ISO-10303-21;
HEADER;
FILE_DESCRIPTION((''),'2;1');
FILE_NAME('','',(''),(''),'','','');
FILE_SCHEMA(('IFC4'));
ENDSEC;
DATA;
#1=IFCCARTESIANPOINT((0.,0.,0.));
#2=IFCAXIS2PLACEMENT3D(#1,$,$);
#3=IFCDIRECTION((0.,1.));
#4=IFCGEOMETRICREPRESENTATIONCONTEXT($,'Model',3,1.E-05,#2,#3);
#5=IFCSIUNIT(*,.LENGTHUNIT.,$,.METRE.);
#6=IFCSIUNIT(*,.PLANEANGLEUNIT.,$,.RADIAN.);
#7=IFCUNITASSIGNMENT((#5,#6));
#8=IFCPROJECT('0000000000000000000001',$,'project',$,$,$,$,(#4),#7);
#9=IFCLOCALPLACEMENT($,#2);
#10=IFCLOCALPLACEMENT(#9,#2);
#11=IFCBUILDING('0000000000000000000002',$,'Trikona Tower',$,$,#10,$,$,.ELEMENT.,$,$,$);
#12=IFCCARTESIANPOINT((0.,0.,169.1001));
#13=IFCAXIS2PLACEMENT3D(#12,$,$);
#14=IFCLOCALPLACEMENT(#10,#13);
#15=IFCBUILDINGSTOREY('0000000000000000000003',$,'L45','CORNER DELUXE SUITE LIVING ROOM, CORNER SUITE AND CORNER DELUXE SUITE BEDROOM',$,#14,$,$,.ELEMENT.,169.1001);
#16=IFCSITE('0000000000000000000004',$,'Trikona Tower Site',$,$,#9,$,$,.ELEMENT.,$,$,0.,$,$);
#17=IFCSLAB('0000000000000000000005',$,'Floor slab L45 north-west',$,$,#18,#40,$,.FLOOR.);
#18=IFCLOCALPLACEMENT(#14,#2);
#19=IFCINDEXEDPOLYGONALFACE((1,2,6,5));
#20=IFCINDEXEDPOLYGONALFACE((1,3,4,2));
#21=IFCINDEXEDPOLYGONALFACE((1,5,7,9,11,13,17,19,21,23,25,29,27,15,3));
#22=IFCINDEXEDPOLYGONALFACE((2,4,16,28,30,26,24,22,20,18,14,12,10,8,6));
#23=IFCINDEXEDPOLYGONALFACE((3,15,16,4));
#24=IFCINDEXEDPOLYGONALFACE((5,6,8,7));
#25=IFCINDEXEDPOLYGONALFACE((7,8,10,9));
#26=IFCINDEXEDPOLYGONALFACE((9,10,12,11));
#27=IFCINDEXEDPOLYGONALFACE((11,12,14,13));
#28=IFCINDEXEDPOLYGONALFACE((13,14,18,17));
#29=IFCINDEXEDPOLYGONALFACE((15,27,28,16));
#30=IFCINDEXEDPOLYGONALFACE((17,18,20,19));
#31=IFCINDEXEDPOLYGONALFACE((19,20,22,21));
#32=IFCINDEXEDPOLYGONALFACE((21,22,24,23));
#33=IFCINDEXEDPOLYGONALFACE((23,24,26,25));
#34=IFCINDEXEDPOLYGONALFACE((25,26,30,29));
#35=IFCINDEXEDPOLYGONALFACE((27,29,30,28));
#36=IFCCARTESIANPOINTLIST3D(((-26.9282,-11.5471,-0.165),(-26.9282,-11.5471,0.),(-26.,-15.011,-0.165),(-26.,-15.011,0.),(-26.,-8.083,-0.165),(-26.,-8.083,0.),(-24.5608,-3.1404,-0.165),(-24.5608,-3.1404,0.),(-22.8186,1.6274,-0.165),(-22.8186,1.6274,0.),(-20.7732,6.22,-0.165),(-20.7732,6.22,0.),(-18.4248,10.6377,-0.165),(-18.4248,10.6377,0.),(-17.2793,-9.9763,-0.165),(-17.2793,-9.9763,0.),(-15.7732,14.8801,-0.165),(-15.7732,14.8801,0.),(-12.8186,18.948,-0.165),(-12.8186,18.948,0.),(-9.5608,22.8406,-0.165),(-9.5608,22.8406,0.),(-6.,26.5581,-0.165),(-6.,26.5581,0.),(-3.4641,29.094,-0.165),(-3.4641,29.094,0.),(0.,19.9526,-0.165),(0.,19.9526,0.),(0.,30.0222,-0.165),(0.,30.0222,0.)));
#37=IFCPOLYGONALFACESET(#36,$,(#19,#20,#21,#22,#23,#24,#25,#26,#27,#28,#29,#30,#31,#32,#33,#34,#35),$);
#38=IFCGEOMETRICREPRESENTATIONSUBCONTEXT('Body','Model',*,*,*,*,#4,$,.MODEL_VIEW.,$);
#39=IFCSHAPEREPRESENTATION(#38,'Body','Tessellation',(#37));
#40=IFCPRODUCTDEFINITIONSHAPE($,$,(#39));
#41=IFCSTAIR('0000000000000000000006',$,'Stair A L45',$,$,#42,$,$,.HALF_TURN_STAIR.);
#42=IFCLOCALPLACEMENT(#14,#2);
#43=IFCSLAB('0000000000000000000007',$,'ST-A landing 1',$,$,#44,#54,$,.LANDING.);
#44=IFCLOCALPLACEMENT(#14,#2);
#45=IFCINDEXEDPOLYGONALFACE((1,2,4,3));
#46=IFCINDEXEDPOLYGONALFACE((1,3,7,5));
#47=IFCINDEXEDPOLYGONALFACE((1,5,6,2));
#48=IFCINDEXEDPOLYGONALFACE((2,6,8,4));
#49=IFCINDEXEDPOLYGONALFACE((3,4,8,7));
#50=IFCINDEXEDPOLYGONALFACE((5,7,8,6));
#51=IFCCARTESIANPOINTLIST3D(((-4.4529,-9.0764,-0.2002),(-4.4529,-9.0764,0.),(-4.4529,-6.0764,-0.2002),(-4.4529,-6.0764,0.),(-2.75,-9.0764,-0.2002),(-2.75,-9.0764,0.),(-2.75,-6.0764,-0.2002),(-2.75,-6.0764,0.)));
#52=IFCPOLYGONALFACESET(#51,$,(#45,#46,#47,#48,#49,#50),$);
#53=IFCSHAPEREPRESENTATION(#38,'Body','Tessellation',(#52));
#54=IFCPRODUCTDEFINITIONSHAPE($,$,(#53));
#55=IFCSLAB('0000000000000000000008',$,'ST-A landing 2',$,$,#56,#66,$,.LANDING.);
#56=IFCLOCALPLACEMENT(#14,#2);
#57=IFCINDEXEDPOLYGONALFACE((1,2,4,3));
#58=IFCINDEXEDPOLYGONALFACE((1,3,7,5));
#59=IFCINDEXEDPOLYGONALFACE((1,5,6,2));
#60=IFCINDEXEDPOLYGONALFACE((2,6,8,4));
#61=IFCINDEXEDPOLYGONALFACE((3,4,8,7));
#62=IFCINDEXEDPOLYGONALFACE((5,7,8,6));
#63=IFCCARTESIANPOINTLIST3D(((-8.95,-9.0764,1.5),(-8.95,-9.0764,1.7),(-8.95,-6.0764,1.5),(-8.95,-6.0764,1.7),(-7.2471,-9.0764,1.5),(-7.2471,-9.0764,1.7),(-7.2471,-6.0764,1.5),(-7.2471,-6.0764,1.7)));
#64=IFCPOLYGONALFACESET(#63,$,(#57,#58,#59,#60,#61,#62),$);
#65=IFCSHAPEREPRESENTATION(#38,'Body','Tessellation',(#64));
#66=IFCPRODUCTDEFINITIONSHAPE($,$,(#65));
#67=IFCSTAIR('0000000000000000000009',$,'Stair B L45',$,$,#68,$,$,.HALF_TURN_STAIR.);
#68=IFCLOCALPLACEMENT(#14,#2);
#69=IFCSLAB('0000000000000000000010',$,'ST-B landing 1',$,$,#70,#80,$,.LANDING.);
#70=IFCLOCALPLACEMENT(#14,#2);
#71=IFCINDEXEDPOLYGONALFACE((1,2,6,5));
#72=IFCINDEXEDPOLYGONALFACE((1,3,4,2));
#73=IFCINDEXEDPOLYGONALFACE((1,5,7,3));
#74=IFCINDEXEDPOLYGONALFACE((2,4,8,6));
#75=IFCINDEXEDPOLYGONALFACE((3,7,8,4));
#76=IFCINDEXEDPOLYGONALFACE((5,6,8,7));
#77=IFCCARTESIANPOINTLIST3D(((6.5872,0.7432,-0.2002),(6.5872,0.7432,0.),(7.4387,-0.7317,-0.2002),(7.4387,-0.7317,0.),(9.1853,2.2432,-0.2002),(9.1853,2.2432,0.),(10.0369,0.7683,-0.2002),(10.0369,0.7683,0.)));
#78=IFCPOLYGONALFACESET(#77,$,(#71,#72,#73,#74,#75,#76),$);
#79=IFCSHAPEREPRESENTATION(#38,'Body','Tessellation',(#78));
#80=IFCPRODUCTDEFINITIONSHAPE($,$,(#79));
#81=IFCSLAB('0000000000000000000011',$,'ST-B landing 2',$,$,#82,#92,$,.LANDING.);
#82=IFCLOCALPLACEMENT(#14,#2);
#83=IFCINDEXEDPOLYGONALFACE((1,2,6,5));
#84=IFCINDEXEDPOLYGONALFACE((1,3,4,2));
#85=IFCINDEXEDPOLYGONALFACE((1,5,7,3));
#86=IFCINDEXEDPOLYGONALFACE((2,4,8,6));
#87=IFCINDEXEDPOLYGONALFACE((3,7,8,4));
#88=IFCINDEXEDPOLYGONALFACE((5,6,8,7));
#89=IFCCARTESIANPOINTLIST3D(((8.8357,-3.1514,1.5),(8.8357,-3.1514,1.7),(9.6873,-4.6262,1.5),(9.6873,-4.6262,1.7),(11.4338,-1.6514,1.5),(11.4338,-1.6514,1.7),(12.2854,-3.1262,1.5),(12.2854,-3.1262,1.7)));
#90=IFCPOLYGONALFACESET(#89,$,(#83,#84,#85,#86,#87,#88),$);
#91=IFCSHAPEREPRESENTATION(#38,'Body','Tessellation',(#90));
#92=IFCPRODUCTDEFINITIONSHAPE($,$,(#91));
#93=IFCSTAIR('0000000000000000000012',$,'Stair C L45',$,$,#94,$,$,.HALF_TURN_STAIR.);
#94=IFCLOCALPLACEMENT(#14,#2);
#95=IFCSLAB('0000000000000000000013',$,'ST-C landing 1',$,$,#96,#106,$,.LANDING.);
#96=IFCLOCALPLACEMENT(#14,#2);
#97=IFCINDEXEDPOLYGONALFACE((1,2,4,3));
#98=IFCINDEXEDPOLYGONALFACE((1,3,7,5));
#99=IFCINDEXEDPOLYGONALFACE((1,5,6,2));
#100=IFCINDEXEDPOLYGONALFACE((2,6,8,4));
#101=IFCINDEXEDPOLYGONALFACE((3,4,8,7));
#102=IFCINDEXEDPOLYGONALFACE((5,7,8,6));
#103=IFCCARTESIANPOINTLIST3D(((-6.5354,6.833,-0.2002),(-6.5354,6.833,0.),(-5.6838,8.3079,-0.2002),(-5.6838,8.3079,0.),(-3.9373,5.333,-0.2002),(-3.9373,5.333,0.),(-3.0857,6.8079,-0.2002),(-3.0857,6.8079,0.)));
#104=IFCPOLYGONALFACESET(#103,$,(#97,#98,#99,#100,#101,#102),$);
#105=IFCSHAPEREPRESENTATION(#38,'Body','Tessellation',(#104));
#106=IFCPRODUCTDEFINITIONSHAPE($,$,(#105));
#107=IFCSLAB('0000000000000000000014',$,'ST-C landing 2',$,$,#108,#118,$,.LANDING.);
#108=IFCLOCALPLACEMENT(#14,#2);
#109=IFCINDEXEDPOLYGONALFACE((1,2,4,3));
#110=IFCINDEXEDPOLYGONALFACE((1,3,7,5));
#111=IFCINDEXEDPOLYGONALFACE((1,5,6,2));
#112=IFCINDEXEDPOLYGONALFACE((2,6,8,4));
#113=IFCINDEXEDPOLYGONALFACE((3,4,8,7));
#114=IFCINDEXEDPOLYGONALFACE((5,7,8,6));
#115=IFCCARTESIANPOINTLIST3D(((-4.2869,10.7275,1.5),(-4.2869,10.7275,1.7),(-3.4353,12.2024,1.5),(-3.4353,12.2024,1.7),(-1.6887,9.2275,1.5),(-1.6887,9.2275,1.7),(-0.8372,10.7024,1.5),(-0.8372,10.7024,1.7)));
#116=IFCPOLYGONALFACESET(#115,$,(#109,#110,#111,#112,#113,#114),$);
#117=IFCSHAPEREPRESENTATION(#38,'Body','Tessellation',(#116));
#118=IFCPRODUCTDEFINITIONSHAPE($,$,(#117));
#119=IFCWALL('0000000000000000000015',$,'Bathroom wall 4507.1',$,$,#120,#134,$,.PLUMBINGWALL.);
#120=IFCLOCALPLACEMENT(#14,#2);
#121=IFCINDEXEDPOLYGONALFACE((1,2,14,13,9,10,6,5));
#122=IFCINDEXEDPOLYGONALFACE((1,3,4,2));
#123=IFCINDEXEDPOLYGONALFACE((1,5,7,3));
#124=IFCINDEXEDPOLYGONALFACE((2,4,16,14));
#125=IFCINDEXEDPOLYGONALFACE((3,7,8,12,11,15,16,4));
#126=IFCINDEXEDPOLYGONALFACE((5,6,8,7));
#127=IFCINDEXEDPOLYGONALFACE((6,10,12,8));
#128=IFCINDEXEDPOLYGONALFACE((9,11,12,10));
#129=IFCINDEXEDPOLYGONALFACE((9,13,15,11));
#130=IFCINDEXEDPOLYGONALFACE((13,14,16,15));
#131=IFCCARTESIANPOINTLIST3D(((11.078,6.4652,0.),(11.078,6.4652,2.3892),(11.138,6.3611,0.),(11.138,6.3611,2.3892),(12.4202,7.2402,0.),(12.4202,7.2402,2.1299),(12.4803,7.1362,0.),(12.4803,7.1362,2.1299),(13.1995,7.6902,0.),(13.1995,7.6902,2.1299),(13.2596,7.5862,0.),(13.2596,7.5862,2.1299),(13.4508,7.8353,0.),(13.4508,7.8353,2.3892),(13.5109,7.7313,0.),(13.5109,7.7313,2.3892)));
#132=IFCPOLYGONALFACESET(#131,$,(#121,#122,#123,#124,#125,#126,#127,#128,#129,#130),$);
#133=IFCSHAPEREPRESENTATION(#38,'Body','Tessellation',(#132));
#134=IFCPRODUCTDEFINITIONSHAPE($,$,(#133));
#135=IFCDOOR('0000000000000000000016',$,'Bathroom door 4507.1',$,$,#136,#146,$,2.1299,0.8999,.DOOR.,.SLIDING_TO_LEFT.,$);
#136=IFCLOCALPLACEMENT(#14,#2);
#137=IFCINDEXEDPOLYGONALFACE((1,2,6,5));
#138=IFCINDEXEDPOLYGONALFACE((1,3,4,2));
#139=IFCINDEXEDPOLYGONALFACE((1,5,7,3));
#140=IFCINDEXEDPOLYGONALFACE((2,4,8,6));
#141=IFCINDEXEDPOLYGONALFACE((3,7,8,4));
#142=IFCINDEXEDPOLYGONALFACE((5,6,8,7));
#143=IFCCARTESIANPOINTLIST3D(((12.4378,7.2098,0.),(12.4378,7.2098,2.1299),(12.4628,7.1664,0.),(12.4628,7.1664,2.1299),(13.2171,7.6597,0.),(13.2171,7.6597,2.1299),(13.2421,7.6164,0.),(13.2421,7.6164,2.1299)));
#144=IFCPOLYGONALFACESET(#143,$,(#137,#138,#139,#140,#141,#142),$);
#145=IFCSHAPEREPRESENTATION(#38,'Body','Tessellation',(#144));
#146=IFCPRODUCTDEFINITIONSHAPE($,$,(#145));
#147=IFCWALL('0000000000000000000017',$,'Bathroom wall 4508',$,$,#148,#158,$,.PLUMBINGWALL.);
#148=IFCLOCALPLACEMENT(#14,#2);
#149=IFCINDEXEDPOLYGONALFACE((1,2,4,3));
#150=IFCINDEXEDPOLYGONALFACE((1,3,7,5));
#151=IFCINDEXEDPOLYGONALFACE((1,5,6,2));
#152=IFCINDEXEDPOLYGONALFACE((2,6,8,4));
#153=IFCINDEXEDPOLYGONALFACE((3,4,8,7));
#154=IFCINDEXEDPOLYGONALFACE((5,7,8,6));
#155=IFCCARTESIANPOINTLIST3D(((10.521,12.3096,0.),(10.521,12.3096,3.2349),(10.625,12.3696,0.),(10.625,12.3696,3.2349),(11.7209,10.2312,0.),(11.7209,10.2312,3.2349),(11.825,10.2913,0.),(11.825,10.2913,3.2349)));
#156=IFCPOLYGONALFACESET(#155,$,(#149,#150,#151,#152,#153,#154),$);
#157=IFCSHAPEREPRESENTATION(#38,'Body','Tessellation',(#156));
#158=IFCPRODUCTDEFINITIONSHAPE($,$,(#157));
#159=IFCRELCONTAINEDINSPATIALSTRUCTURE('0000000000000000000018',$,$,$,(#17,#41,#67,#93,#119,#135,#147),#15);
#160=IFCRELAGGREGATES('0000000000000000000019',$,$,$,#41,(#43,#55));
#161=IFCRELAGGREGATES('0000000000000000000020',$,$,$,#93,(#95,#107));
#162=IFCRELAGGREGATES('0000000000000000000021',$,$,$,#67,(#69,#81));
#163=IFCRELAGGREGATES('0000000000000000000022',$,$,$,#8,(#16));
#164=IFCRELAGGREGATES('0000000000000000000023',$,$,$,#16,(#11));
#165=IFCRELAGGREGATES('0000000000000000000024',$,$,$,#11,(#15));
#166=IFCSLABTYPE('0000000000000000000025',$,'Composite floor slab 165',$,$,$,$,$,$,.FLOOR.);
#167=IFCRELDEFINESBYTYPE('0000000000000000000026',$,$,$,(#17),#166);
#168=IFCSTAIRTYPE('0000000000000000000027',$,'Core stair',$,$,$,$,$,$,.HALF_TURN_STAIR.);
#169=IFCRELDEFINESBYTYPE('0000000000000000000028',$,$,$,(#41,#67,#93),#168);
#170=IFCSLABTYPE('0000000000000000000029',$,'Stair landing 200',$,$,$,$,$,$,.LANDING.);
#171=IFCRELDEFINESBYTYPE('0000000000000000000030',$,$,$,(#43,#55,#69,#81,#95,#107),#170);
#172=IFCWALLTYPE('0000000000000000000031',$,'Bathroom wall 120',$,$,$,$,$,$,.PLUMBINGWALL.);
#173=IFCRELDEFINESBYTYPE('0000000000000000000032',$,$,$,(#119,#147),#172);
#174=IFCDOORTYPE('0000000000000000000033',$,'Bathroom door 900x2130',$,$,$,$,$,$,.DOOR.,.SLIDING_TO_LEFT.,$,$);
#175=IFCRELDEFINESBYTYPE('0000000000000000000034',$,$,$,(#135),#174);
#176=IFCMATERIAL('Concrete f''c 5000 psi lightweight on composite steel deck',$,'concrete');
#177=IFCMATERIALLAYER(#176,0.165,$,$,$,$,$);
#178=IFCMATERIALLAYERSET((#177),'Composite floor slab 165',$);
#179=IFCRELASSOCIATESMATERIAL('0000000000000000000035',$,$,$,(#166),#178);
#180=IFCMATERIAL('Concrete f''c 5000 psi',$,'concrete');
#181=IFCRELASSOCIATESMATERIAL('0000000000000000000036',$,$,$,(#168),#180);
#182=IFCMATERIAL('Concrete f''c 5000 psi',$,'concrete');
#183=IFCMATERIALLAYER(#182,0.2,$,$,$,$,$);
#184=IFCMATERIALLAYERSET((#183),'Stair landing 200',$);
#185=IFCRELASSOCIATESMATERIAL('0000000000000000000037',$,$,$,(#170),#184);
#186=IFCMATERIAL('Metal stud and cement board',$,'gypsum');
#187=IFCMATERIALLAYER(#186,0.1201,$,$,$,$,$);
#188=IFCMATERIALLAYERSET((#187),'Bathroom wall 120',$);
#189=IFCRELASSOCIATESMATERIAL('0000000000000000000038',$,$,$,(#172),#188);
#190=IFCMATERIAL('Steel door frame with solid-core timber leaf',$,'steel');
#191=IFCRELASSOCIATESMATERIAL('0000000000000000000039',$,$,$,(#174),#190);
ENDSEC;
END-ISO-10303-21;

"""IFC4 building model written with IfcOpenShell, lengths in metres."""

from ifc_helpers import new_model, si_unit, direction, frame, frame_2d, origin, place, context, subcontext, project, spatial, polyline, rectangle, outline, extrude, material, layer, layer_set, type_object, element, fill, aggregate, save


model = new_model("IFC4")

# Units and contexts
model_context = context("Model", 3, precision=1e-05, world=origin(), true_north=direction((0.0, 1.0)))
body_context = subcontext(model_context, "Body", "Model", "MODEL_VIEW")
ifc_project = project(units=[si_unit("LENGTHUNIT", "METRE"), si_unit("PLANEANGLEUNIT", "RADIAN")], contexts=[model_context])

# Site, building, storey
site_placement = place(None, origin())
site = spatial("IfcSite", under=ifc_project, at=site_placement, Name="Trikona Tower Site", CompositionType="ELEMENT", RefElevation=0.0)
building_placement = place(site_placement, origin())
building = spatial("IfcBuilding", under=site, at=building_placement, Name="Trikona Tower", CompositionType="ELEMENT")
storey_placement = place(building_placement, frame((0.0, 0.0, 169.1001)))
storey = spatial("IfcBuildingStorey", under=building, at=storey_placement, Name="L45", Description="CORNER DELUXE SUITE LIVING ROOM, CORNER SUITE AND CORNER DELUXE SUITE BEDROOM", CompositionType="ELEMENT", Elevation=169.1001)

# Slab
ifc_material_1 = material(Name="Concrete f'c 5000 psi lightweight on composite steel deck", Category="concrete")
ifc_layer_1 = layer(ifc_material_1, 0.165)
ifc_layer_set_1 = layer_set([ifc_layer_1], Name="Composite floor slab 165")
slab_type_1 = type_object("IfcSlabType", Name="Composite floor slab 165", PredefinedType="FLOOR", material=ifc_layer_set_1)
slab_1_placement = place(storey_placement, frame((0.0, 0.0, -0.165)))
element("IfcSlab", 1, at=slab_1_placement, inside=storey, type_object=slab_type_1, Name="Floor slab L45 north-west", PredefinedType="FLOOR", context=body_context, shape_type="SweptSolid", body=[
    extrude(outline(polyline([(0.0, 19.9526), (0.0, 30.0222), (-3.4641, 29.094), (-6.0, 26.5581), (-9.5608, 22.8406), (-12.8186, 18.948), (-15.7732, 14.8801), (-18.4248, 10.6377), (-20.7732, 6.22), (-22.8186, 1.6274), (-24.5608, -3.1404), (-26.0, -8.083), (-26.9282, -11.5471), (-26.0, -15.011), (-17.2793, -9.9763), (0.0, 19.9526)])), origin(), (0.0, 0.0, 1.0), 0.165),
])

# Stairs, slabs
ifc_material_2 = material(Name="Concrete f'c 5000 psi", Category="concrete")
stair_type = type_object("IfcStairType", Name="Core stair", PredefinedType="HALF_TURN_STAIR", material=ifc_material_2)
stair_1_placement = place(storey_placement, origin())
stair_1 = element("IfcStair", 2, at=stair_1_placement, inside=storey, type_object=stair_type, Name="Stair A L45", PredefinedType="HALF_TURN_STAIR")
ifc_material_3 = material(Name="Concrete f'c 5000 psi", Category="concrete")
ifc_layer_2 = layer(ifc_material_3, 0.2)
ifc_layer_set_2 = layer_set([ifc_layer_2], Name="Stair landing 200")
slab_type_2 = type_object("IfcSlabType", Name="Stair landing 200", PredefinedType="LANDING", material=ifc_layer_set_2)
slab_2_placement = place(storey_placement, frame((0.0, 0.0, -0.2002)))
slab_2 = element("IfcSlab", 3, at=slab_2_placement, type_object=slab_type_2, Name="ST-A landing 1", PredefinedType="LANDING", context=body_context, shape_type="SweptSolid", body=[
    extrude(outline(polyline([(-4.4529, -6.0764), (-2.75, -6.0764), (-2.75, -9.0764), (-4.4529, -9.0764), (-4.4529, -6.0764)])), origin(), (0.0, 0.0, 1.0), 0.2002),
])
slab_3_placement = place(storey_placement, frame((0.0, 0.0, 1.5)))
slab_3 = element("IfcSlab", 4, at=slab_3_placement, type_object=slab_type_2, Name="ST-A landing 2", PredefinedType="LANDING", context=body_context, shape_type="SweptSolid", body=[
    extrude(outline(polyline([(-8.95, -6.0764), (-7.2471, -6.0764), (-7.2471, -9.0764), (-8.95, -9.0764), (-8.95, -6.0764)])), origin(), (0.0, 0.0, 1.0), 0.2),
])
aggregate(stair_1, [slab_2, slab_3])
stair_2_placement = place(storey_placement, origin())
stair_2 = element("IfcStair", 5, at=stair_2_placement, inside=storey, type_object=stair_type, Name="Stair B L45", PredefinedType="HALF_TURN_STAIR")
slab_4_placement = place(storey_placement, frame((0.0, 0.0, -0.2002)))
slab_4 = element("IfcSlab", 6, at=slab_4_placement, type_object=slab_type_2, Name="ST-B landing 1", PredefinedType="LANDING", context=body_context, shape_type="SweptSolid", body=[
    extrude(outline(polyline([(7.4387, -0.7317), (6.5872, 0.7432), (9.1853, 2.2432), (10.0369, 0.7683), (7.4387, -0.7317)])), origin(), (0.0, 0.0, 1.0), 0.2002),
])
slab_5_placement = place(storey_placement, frame((0.0, 0.0, 1.5)))
slab_5 = element("IfcSlab", 7, at=slab_5_placement, type_object=slab_type_2, Name="ST-B landing 2", PredefinedType="LANDING", context=body_context, shape_type="SweptSolid", body=[
    extrude(outline(polyline([(9.6873, -4.6262), (8.8357, -3.1514), (11.4338, -1.6514), (12.2854, -3.1262), (9.6873, -4.6262)])), origin(), (0.0, 0.0, 1.0), 0.2),
])
stair_3_placement = place(storey_placement, origin())
stair_3 = element("IfcStair", 8, at=stair_3_placement, inside=storey, type_object=stair_type, Name="Stair C L45", PredefinedType="HALF_TURN_STAIR")
slab_6_placement = place(storey_placement, frame((0.0, 0.0, -0.2002)))
slab_6 = element("IfcSlab", 9, at=slab_6_placement, type_object=slab_type_2, Name="ST-C landing 1", PredefinedType="LANDING", context=body_context, shape_type="SweptSolid", body=[
    extrude(outline(polyline([(-3.0857, 6.8079), (-3.9373, 5.333), (-6.5354, 6.833), (-5.6838, 8.3079), (-3.0857, 6.8079)])), origin(), (0.0, 0.0, 1.0), 0.2002),
])
slab_7_placement = place(storey_placement, frame((0.0, 0.0, 1.5)))
slab_7 = element("IfcSlab", 10, at=slab_7_placement, type_object=slab_type_2, Name="ST-C landing 2", PredefinedType="LANDING", context=body_context, shape_type="SweptSolid", body=[
    extrude(outline(polyline([(-0.8372, 10.7024), (-1.6887, 9.2275), (-4.2869, 10.7275), (-3.4353, 12.2024), (-0.8372, 10.7024)])), origin(), (0.0, 0.0, 1.0), 0.2),
])
aggregate(stair_3, [slab_6, slab_7])

# Wall, opening, door
ifc_material_4 = material(Name="Metal stud and cement board", Category="gypsum")
ifc_layer_3 = layer(ifc_material_4, 0.1201)
ifc_layer_set_3 = layer_set([ifc_layer_3], Name="Bathroom wall 120")
wall_type_1 = type_object("IfcWallType", Name="Bathroom wall 120", PredefinedType="PLUMBINGWALL", material=ifc_layer_set_3)
wall_1_placement = place(storey_placement, frame((11.1079, 6.4131, 0.0), z_axis=(0.0, 0.0, 1.0), x_axis=(0.865997, 0.500049, 0.0)))
wall_1 = element("IfcWall", 11, at=wall_1_placement, inside=storey, type_object=wall_type_1, Name="Bathroom wall 4507.1", PredefinedType="PLUMBINGWALL", context=body_context, shape_type="SweptSolid", body=[
    extrude(rectangle(XDim=2.74, YDim=0.1201, at=frame_2d((1.3701, 0.0))), origin(), (0.0, 0.0, 1.0), 2.3892),
])
opening_1_placement = place(wall_1_placement, frame((1.55, 0.0, 0.0)))
opening_1 = element("IfcOpeningElement", 12, at=opening_1_placement, cuts=wall_1, PredefinedType="OPENING", context=body_context, shape_type="SweptSolid", body=[
    extrude(rectangle(XDim=0.8999, YDim=2.1299, at=frame_2d((0.45, 1.0649))), frame((0.0, 0.0701, 0.0), z_axis=(0.0, -1.0, 0.0), x_axis=(1.0, 0.0, 0.0)), (0.0, 0.0, 1.0), 0.1401),
])
ifc_material_5 = material(Name="Steel door frame with solid-core timber leaf", Category="steel")
door_type_1 = type_object("IfcDoorType", Name="Bathroom door 900x2130", OperationType="SLIDING_TO_LEFT", PredefinedType="DOOR", material=ifc_material_5)
door_1_placement = place(opening_1_placement, origin())
door_1 = element("IfcDoor", 13, at=door_1_placement, inside=storey, type_object=door_type_1, Name="Bathroom door 4507.1", OperationType="SLIDING_TO_LEFT", OverallHeight=2.1299, OverallWidth=0.8999, PredefinedType="DOOR", context=body_context, shape_type="SweptSolid", body=[
    extrude(rectangle(XDim=0.8999, YDim=2.1299, at=frame_2d((0.45, 1.0649))), frame((0.0, 0.0249, 0.0), z_axis=(0.0, -1.0, 0.0), x_axis=(1.0, 0.0, 0.0)), (0.0, 0.0, 1.0), 0.05),
])
fill(opening_1, door_1)

# Wall
wall_2_placement = place(storey_placement, frame((11.7729, 10.2612, 0.0), z_axis=(0.0, 0.0, 1.0), x_axis=(-0.500001, 0.866025, 0.0)))
element("IfcWall", 14, at=wall_2_placement, inside=storey, type_object=wall_type_1, Name="Bathroom wall 4508", PredefinedType="PLUMBINGWALL", context=body_context, shape_type="SweptSolid", body=[
    extrude(rectangle(XDim=2.3999, YDim=0.1201, at=frame_2d((1.2, 0.0))), origin(), (0.0, 0.0, 1.0), 3.2349),
])

aggregate(stair_2, [slab_4, slab_5])

save(model, "model.ifc")
